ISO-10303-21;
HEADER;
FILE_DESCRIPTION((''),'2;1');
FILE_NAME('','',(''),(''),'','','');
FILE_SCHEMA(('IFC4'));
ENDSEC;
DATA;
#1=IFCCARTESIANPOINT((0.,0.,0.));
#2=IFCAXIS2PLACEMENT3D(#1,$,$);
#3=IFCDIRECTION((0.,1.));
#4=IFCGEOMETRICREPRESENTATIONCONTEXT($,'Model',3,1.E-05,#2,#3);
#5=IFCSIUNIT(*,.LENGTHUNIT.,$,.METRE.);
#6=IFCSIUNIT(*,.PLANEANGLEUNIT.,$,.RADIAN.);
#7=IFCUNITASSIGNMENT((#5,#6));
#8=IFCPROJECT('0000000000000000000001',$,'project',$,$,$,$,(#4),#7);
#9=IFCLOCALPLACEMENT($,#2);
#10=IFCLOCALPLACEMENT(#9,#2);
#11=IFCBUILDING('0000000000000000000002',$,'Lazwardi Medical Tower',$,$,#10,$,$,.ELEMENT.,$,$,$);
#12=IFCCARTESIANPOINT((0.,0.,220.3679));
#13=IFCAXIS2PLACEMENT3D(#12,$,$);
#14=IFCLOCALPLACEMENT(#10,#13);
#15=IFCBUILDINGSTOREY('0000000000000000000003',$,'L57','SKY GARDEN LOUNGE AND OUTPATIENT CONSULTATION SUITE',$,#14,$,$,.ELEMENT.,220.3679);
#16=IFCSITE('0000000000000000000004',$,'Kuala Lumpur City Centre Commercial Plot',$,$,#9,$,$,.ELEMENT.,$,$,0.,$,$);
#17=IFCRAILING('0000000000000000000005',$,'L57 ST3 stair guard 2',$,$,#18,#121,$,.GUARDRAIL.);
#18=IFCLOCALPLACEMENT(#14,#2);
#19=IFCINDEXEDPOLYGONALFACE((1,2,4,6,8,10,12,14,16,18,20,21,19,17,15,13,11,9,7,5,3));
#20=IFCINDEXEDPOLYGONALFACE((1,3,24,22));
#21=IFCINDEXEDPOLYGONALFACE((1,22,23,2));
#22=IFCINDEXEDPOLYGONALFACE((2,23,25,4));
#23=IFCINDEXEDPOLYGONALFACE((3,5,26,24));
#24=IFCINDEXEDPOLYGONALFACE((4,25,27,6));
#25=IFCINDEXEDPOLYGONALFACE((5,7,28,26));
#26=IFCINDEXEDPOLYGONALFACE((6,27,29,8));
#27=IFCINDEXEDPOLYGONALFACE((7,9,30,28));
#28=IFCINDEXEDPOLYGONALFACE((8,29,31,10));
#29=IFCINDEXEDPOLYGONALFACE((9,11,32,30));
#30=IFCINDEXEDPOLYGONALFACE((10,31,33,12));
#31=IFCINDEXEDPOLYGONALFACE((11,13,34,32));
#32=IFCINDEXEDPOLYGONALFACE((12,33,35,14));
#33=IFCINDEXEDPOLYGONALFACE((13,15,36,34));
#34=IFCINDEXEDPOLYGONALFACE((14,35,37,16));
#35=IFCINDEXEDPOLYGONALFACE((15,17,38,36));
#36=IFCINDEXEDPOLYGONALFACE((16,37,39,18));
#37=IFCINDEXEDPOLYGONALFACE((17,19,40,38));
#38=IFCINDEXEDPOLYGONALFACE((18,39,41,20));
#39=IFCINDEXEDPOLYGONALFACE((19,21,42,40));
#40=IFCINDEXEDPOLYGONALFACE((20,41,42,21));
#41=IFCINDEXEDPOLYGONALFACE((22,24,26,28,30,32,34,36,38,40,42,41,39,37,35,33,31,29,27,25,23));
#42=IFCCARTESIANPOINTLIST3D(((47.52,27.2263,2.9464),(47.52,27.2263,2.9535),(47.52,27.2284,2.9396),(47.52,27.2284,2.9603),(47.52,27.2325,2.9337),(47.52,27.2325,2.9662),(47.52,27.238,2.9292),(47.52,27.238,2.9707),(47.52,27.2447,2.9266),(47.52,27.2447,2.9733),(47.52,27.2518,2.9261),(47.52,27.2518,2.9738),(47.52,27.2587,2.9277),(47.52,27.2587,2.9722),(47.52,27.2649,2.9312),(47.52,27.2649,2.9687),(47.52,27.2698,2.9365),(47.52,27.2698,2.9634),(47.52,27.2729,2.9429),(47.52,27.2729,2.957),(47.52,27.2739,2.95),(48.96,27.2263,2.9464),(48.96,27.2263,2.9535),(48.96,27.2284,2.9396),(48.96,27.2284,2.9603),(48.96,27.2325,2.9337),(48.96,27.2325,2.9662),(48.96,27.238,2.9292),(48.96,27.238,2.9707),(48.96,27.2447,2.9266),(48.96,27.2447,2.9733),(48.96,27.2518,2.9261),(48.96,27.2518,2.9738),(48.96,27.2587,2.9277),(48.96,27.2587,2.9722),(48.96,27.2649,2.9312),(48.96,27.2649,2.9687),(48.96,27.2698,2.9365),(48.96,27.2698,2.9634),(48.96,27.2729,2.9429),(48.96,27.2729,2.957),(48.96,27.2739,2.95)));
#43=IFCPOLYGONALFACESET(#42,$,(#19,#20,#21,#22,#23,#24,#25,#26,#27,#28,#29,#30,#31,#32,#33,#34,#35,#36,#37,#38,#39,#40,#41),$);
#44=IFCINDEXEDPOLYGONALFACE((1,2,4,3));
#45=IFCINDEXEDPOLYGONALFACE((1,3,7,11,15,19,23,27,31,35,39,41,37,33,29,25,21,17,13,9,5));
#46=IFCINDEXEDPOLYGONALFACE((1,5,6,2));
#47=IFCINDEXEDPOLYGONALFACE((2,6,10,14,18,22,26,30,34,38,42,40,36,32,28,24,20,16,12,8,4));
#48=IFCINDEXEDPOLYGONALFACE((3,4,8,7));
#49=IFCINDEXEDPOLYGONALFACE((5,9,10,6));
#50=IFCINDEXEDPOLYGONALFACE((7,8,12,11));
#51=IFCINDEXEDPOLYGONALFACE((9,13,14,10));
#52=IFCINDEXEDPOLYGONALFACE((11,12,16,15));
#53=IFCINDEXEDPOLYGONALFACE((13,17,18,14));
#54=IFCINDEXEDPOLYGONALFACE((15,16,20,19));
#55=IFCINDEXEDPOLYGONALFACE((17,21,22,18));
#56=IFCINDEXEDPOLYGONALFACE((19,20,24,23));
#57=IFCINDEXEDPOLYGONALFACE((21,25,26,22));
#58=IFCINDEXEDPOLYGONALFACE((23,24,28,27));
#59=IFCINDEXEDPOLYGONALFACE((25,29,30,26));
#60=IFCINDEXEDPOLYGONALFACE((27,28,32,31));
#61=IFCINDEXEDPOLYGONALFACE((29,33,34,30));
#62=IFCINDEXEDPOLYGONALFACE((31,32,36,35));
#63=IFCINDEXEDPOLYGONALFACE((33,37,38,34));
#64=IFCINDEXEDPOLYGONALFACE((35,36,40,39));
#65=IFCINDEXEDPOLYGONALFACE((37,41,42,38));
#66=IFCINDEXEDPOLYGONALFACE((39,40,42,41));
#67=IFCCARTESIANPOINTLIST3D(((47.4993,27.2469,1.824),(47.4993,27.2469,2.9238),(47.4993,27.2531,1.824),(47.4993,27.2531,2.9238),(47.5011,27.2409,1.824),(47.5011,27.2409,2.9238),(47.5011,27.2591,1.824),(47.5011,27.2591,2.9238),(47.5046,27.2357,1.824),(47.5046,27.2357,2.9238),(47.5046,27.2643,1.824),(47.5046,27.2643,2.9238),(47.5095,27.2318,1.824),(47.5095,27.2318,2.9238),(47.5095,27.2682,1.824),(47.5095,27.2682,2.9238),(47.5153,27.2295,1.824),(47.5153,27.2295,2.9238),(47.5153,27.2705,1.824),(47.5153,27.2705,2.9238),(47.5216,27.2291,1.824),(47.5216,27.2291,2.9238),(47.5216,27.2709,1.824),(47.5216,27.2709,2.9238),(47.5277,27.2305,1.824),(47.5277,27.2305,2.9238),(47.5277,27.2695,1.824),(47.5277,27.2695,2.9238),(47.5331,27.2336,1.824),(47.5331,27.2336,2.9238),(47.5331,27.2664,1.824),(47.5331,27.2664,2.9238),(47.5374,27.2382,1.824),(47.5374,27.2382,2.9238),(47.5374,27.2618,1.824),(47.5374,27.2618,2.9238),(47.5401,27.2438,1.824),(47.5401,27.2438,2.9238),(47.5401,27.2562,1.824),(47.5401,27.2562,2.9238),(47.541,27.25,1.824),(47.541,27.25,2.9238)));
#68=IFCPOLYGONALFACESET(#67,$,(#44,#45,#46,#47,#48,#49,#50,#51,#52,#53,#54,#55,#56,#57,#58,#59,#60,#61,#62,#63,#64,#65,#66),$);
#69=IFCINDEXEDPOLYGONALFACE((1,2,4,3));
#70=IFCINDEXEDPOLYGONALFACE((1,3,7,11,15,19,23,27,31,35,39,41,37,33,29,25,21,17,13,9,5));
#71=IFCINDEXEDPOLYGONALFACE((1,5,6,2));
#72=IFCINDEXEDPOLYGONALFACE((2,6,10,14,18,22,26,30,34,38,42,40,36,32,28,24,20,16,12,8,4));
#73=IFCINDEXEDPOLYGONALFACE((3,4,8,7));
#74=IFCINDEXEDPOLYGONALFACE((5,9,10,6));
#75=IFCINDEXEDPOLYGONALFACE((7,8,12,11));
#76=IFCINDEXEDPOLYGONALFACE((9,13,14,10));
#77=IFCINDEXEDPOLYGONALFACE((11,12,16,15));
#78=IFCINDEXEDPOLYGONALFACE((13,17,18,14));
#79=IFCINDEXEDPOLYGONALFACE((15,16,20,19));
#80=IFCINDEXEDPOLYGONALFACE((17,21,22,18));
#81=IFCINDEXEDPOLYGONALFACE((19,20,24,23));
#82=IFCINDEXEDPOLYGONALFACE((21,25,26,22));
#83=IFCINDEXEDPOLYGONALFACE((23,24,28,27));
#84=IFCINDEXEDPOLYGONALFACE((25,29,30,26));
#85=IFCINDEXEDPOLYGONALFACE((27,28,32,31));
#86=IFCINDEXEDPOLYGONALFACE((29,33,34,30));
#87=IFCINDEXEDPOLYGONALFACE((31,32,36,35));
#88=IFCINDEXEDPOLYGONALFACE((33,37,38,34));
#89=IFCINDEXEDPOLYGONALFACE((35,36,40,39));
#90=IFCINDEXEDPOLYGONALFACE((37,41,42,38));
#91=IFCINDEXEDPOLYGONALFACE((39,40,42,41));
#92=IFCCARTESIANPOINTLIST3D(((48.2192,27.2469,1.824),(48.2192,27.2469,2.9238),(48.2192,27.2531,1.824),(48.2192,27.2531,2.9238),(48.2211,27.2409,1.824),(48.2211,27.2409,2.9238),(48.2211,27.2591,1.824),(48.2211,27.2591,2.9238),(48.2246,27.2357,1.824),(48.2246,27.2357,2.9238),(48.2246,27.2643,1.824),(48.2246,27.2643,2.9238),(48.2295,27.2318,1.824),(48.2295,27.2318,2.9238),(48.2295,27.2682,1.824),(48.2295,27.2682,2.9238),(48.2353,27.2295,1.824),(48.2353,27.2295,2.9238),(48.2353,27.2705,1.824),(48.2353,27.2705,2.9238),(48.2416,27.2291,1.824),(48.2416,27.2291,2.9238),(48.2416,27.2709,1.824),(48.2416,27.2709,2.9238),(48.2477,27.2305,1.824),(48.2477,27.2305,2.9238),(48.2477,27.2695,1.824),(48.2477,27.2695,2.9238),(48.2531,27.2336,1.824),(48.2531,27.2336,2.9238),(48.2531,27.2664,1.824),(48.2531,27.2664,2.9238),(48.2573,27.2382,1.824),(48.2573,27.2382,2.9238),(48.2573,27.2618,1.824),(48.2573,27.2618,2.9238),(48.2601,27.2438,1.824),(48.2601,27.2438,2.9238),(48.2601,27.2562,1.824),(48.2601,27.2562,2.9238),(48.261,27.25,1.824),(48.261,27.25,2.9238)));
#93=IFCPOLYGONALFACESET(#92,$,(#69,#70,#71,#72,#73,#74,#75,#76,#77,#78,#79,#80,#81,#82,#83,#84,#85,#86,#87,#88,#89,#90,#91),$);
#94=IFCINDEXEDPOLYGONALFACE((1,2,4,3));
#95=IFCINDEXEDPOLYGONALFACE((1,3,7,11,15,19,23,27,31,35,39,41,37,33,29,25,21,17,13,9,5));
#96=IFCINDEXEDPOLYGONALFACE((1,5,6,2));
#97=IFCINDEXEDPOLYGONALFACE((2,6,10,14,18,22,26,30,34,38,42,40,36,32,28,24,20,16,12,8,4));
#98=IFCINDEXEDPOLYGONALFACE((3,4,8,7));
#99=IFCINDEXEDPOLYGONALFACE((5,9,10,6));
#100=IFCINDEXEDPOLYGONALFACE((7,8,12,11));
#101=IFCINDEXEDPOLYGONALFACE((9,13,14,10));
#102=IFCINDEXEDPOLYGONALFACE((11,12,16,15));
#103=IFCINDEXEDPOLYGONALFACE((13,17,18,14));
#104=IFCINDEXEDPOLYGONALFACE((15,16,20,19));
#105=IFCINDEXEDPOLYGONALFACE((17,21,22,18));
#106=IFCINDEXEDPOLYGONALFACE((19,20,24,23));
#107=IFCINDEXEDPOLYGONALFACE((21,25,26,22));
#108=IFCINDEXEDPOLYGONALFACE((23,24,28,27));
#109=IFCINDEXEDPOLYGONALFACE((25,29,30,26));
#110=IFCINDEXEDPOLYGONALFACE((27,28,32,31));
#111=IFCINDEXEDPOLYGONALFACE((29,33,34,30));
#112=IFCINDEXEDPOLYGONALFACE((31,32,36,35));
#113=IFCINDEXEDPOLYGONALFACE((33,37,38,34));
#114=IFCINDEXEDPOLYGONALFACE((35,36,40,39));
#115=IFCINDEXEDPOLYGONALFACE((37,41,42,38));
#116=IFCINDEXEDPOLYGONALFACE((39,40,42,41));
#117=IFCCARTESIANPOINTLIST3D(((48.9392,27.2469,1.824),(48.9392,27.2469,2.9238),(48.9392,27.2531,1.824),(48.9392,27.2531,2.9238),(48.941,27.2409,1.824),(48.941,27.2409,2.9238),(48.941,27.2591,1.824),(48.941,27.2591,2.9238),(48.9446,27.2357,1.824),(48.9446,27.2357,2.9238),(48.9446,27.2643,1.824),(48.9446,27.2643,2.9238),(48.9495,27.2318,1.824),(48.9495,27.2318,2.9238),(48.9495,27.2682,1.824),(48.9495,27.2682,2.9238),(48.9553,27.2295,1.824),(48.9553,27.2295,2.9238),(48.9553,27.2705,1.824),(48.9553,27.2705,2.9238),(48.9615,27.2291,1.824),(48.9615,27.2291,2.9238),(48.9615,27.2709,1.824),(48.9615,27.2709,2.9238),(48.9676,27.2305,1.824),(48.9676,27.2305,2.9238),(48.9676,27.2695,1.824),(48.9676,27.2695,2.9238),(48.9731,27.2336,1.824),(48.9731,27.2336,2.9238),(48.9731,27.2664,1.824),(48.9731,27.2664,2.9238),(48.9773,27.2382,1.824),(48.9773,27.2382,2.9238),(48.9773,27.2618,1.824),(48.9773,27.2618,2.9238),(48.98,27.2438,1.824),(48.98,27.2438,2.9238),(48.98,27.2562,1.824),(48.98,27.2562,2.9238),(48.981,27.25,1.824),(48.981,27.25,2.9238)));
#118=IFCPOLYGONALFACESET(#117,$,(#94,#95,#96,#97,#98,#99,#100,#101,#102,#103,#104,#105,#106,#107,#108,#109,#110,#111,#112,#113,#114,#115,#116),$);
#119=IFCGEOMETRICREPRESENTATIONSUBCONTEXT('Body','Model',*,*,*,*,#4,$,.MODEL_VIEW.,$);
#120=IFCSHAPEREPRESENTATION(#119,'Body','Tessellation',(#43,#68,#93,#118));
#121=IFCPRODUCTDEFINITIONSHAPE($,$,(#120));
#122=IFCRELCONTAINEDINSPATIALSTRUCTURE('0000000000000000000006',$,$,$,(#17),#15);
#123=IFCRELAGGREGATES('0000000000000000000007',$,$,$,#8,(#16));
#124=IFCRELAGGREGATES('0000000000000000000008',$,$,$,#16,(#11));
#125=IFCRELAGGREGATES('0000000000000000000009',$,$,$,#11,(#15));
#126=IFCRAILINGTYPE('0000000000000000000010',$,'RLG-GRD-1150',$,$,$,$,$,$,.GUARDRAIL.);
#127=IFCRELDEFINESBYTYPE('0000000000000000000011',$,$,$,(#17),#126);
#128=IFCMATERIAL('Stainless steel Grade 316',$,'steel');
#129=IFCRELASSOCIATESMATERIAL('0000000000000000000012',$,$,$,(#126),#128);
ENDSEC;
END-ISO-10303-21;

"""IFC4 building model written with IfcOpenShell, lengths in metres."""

from ifc_helpers import new_model, si_unit, direction, frame, origin, origin_2d, place, context, subcontext, project, spatial, circle, extrude, material, type_object, element, save


model = new_model("IFC4")

# Units and contexts
model_context = context("Model", 3, precision=1e-05, world=origin(), true_north=direction((0.0, 1.0)))
body_context = subcontext(model_context, "Body", "Model", "MODEL_VIEW")
ifc_project = project(units=[si_unit("LENGTHUNIT", "METRE"), si_unit("PLANEANGLEUNIT", "RADIAN")], contexts=[model_context])

# Site, building, storey
site_placement = place(None, origin())
site = spatial("IfcSite", under=ifc_project, at=site_placement, Name="Kuala Lumpur City Centre Commercial Plot", CompositionType="ELEMENT", RefElevation=0.0)
building_placement = place(site_placement, origin())
building = spatial("IfcBuilding", under=site, at=building_placement, Name="Lazwardi Medical Tower", CompositionType="ELEMENT")
storey_placement = place(building_placement, frame((0.0, 0.0, 220.3679)))
storey = spatial("IfcBuildingStorey", under=building, at=storey_placement, Name="L57", Description="SKY GARDEN LOUNGE AND OUTPATIENT CONSULTATION SUITE", CompositionType="ELEMENT", Elevation=220.3679)

# Railing
ifc_material_1 = material(Name="Stainless steel Grade 316", Category="steel")
railing_type_1 = type_object("IfcRailingType", Name="RLG-GRD-1150", PredefinedType="GUARDRAIL", material=ifc_material_1)
railing_1_placement = place(storey_placement, frame((47.52, 27.25, 1.824)))
element("IfcRailing", 1, at=railing_1_placement, inside=storey, type_object=railing_type_1, Name="L57 ST3 stair guard 2", PredefinedType="GUARDRAIL", context=body_context, shape_type="SweptSolid", body=[
    extrude(circle(Radius=0.0239, at=origin_2d()), frame((0.0, 0.0, 1.126), z_axis=(1.0, 0.0, 0.0), x_axis=(0.0, 1.0, 0.0)), (0.0, 0.0, 1.0), 1.4399),
    extrude(circle(Radius=0.021, at=origin_2d()), origin(), (0.0, 0.0, 1.0), 1.0999),
    extrude(circle(Radius=0.021, at=origin_2d()), frame((0.72, 0.0, 0.0)), (0.0, 0.0, 1.0), 1.0999),
    extrude(circle(Radius=0.021, at=origin_2d()), frame((1.4399, 0.0, 0.0)), (0.0, 0.0, 1.0), 1.0999),
])

save(model, "model.ifc")
